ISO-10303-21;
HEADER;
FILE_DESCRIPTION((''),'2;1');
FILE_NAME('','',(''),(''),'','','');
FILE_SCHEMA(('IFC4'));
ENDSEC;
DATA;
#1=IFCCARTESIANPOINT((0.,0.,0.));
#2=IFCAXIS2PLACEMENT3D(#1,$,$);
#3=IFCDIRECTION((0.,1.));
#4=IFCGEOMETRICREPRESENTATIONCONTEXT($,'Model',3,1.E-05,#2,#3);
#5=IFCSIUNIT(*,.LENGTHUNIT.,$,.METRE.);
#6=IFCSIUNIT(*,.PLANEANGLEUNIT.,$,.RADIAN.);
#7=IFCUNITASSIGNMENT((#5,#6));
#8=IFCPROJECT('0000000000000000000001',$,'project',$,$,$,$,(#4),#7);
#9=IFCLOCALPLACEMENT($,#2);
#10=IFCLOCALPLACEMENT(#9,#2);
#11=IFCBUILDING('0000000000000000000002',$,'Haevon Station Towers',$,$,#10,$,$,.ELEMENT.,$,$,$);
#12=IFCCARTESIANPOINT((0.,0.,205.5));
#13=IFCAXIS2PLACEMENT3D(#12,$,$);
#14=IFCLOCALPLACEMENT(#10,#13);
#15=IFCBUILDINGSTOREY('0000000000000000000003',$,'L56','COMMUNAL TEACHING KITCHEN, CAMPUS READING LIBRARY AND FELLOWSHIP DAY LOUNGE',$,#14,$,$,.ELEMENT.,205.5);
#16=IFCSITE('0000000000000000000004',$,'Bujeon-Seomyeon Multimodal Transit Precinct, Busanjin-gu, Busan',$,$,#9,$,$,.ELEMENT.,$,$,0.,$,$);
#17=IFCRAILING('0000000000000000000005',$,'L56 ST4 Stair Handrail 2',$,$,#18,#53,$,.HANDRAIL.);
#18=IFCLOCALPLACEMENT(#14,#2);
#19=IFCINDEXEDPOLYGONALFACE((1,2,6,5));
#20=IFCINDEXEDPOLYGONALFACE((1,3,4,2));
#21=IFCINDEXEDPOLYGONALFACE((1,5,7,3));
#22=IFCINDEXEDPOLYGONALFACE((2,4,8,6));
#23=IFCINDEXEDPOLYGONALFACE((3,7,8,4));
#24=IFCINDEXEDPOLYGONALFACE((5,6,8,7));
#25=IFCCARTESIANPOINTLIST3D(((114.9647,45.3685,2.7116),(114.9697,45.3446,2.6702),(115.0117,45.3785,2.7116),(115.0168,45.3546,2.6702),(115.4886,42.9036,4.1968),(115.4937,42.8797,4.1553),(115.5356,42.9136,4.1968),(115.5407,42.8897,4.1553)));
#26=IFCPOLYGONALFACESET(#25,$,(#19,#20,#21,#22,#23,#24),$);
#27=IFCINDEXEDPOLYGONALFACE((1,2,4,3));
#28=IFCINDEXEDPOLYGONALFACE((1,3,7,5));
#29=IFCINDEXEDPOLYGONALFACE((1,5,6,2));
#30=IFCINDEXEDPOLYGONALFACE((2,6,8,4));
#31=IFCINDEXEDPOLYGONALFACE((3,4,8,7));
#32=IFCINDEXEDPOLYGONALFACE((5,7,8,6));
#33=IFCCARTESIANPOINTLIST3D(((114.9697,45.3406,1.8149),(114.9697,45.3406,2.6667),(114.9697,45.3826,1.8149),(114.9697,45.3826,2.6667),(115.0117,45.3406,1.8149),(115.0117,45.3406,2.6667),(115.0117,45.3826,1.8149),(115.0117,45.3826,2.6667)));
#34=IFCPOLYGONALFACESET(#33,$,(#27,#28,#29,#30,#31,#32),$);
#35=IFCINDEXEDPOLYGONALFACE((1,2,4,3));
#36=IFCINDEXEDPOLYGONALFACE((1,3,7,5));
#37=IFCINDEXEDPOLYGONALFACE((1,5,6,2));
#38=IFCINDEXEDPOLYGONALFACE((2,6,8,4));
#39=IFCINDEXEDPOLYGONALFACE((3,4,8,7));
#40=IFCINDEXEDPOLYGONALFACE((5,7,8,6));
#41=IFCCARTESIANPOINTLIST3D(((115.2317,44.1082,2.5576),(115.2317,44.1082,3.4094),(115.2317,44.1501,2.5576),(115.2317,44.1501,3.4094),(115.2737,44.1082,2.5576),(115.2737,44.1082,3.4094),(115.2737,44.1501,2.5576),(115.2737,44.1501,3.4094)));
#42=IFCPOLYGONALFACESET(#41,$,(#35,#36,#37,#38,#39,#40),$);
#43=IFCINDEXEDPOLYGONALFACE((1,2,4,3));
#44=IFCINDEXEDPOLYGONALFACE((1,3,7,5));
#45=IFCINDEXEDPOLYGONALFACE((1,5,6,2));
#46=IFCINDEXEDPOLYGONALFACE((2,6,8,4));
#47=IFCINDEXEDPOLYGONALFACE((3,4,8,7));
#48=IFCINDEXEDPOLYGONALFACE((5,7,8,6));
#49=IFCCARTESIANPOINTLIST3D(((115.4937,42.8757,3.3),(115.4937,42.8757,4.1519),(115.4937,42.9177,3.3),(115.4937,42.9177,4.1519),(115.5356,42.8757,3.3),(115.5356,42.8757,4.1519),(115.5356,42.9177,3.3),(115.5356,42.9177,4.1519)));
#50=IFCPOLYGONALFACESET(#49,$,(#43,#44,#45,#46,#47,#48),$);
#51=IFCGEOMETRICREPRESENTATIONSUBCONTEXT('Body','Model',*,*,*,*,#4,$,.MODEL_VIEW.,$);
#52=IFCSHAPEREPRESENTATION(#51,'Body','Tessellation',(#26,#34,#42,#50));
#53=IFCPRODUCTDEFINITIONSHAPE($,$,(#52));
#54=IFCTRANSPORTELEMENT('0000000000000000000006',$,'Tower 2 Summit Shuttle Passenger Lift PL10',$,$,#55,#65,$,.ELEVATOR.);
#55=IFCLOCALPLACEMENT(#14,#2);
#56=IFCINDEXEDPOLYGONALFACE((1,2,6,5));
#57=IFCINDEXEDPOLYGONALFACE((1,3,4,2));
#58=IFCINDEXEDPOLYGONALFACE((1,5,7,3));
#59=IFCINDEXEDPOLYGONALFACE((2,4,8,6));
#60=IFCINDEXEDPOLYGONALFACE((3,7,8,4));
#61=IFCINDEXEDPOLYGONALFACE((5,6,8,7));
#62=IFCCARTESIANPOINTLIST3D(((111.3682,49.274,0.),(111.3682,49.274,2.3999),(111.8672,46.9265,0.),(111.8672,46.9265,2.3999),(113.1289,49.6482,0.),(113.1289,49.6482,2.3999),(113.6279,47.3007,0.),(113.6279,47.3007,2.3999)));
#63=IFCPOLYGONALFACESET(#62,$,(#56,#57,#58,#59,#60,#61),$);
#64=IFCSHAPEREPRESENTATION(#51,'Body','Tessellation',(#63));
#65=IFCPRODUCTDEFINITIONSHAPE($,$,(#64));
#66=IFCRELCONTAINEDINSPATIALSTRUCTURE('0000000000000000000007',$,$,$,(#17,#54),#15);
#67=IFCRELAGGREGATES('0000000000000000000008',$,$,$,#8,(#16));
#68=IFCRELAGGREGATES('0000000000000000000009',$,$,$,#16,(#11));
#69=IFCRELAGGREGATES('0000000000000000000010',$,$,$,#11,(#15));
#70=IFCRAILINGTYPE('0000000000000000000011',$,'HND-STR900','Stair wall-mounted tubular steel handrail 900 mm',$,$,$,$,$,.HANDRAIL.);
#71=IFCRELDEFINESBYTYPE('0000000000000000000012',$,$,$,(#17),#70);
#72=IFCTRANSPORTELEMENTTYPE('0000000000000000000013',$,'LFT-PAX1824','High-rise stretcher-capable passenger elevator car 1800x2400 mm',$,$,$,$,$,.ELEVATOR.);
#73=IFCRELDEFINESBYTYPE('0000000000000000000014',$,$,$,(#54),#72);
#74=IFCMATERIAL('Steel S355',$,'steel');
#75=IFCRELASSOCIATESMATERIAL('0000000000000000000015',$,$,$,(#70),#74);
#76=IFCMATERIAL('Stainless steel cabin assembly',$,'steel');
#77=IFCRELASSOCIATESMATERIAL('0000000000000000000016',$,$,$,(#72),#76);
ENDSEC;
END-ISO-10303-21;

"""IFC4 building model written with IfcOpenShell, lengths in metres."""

from ifc_helpers import new_model, si_unit, direction, frame, origin, origin_2d, place, context, subcontext, project, spatial, rectangle, extrude, material, type_object, element, save


model = new_model("IFC4")

# Units and contexts
model_context = context("Model", 3, precision=1e-05, world=origin(), true_north=direction((0.0, 1.0)))
body_context = subcontext(model_context, "Body", "Model", "MODEL_VIEW")
ifc_project = project(units=[si_unit("LENGTHUNIT", "METRE"), si_unit("PLANEANGLEUNIT", "RADIAN")], contexts=[model_context])

# Site, building, storey
site_placement = place(None, origin())
site = spatial("IfcSite", under=ifc_project, at=site_placement, Name="Bujeon-Seomyeon Multimodal Transit Precinct, Busanjin-gu, Busan", CompositionType="ELEMENT", RefElevation=0.0)
building_placement = place(site_placement, origin())
building = spatial("IfcBuilding", under=site, at=building_placement, Name="Haevon Station Towers", CompositionType="ELEMENT")
storey_placement = place(building_placement, frame((0.0, 0.0, 205.5)))
storey = spatial("IfcBuildingStorey", under=building, at=storey_placement, Name="L56", Description="COMMUNAL TEACHING KITCHEN, CAMPUS READING LIBRARY AND FELLOWSHIP DAY LOUNGE", CompositionType="ELEMENT", Elevation=205.5)

# Shared definitions
ifc_material_1 = material(Name="Steel S355", Category="steel")

# Railing
railing_type_1 = type_object("IfcRailingType", Name="HND-STR900", Description="Stair wall-mounted tubular steel handrail 900 mm", PredefinedType="HANDRAIL", material=ifc_material_1)
railing_1_placement = place(storey_placement, frame((114.9907, 45.3616, 1.8149)))
element("IfcRailing", 1, at=railing_1_placement, inside=storey, type_object=railing_type_1, Name="L56 ST4 Stair Handrail 2", PredefinedType="HANDRAIL", context=body_context, shape_type="SweptSolid", body=[
    extrude(rectangle(XDim=0.0481, YDim=0.0481, at=origin_2d()), frame((0.0, 0.0, 0.876), z_axis=(0.179121, -0.842688, 0.507733), x_axis=(0.978147, 0.207914, 0.0)), (0.0, 0.0, 1.0), 2.925),
    extrude(rectangle(XDim=0.042, YDim=0.042, at=origin_2d()), origin(), (0.0, 0.0, 1.0), 0.8518),
    extrude(rectangle(XDim=0.042, YDim=0.042, at=origin_2d()), frame((0.262, -1.2324, 0.7427)), (0.0, 0.0, 1.0), 0.8518),
    extrude(rectangle(XDim=0.042, YDim=0.042, at=origin_2d()), frame((0.5239, -2.4648, 1.4851)), (0.0, 0.0, 1.0), 0.8518),
])

# Transport element
ifc_material_2 = material(Name="Stainless steel cabin assembly", Category="steel")
transport_element_type = type_object("IfcTransportElementType", Name="LFT-PAX1824", Description="High-rise stretcher-capable passenger elevator car 1800x2400 mm", PredefinedType="ELEVATOR", material=ifc_material_2)
transport_element_placement = place(storey_placement, frame((112.498, 48.2874, 0.0), z_axis=(0.0, 0.0, 1.0), x_axis=(0.978148, 0.207912, 0.0)))
element("IfcTransportElement", 2, at=transport_element_placement, inside=storey, type_object=transport_element_type, Name="Tower 2 Summit Shuttle Passenger Lift PL10", PredefinedType="ELEVATOR", context=body_context, shape_type="SweptSolid", body=[
    extrude(rectangle(XDim=1.8, YDim=2.3999, at=origin_2d()), origin(), (0.0, 0.0, 1.0), 2.3999),
])

save(model, "model.ifc")
